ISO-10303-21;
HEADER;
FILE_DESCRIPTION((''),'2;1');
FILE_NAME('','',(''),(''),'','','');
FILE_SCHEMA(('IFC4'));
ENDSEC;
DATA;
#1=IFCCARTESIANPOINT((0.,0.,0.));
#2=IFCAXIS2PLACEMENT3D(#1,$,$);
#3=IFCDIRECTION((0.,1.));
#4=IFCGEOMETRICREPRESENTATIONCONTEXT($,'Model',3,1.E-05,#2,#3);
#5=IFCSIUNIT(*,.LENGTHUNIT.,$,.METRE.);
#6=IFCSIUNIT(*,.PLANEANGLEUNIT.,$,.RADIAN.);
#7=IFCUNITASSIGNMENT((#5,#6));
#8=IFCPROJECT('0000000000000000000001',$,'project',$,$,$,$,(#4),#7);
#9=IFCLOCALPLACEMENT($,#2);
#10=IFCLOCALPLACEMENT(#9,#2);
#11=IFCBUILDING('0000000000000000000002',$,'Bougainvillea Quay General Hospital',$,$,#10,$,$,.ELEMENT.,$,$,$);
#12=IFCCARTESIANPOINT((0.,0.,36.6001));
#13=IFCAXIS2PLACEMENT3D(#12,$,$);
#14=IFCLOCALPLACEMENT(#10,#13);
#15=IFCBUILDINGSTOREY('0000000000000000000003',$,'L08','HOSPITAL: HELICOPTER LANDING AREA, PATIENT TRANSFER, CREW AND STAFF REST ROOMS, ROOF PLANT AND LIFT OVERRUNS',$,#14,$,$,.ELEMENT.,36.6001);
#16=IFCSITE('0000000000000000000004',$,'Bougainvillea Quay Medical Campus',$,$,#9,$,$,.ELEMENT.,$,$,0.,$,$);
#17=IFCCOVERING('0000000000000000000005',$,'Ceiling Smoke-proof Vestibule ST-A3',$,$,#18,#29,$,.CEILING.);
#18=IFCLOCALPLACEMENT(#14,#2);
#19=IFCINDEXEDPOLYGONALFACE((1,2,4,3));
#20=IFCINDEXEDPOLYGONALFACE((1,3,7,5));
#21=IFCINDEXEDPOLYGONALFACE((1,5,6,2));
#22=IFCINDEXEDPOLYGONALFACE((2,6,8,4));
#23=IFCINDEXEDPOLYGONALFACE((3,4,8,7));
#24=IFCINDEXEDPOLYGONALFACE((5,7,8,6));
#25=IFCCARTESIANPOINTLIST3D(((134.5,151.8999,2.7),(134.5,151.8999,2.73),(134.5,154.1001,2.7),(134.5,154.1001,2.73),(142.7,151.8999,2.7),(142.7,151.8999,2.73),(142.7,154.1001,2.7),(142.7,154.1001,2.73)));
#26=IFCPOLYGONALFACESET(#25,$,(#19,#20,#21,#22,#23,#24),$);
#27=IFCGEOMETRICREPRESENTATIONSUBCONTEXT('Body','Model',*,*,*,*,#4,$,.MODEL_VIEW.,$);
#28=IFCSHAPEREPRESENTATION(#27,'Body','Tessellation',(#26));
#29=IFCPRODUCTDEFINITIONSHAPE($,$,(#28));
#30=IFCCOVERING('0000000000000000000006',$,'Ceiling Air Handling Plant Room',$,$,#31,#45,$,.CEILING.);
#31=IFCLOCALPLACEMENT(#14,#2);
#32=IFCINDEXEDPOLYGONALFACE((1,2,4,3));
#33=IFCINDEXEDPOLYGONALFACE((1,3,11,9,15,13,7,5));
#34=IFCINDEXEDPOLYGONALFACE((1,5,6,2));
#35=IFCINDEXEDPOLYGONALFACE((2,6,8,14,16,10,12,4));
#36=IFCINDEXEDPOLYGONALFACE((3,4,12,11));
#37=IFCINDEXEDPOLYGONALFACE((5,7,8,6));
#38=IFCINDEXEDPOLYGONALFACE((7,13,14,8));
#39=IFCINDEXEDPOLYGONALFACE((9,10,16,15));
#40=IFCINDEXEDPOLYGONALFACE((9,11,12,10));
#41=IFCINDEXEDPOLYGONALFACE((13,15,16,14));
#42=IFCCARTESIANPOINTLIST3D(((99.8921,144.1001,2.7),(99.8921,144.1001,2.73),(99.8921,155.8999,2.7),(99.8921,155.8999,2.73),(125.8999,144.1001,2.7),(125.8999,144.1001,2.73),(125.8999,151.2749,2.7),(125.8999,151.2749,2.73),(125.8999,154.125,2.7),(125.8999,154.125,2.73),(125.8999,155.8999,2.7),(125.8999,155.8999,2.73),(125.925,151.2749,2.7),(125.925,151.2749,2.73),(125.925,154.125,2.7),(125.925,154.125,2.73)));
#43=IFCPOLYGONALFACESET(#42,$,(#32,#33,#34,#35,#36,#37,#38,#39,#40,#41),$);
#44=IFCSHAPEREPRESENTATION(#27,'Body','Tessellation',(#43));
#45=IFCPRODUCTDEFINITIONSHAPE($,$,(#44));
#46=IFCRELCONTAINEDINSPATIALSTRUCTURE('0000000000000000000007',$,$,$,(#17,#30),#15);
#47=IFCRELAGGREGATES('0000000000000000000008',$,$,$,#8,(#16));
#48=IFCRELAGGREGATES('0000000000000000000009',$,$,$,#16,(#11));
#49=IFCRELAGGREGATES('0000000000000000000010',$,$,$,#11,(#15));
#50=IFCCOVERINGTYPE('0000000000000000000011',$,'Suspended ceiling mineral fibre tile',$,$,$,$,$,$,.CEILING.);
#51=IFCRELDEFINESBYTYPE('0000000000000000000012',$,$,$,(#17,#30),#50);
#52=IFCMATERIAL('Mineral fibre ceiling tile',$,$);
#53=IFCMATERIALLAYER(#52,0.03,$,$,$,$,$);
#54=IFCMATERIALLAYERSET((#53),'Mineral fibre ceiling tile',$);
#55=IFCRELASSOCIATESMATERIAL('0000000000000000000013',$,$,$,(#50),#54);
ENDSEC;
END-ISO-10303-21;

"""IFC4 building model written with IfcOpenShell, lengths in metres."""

from ifc_helpers import new_model, si_unit, direction, frame, origin, place, context, subcontext, project, spatial, polyline, outline, extrude, material, layer, layer_set, type_object, element, save


model = new_model("IFC4")

# Units and contexts
model_context = context("Model", 3, precision=1e-05, world=origin(), true_north=direction((0.0, 1.0)))
body_context = subcontext(model_context, "Body", "Model", "MODEL_VIEW")
ifc_project = project(units=[si_unit("LENGTHUNIT", "METRE"), si_unit("PLANEANGLEUNIT", "RADIAN")], contexts=[model_context])

# Site, building, storey
site_placement = place(None, origin())
site = spatial("IfcSite", under=ifc_project, at=site_placement, Name="Bougainvillea Quay Medical Campus", CompositionType="ELEMENT", RefElevation=0.0)
building_placement = place(site_placement, origin())
building = spatial("IfcBuilding", under=site, at=building_placement, Name="Bougainvillea Quay General Hospital", CompositionType="ELEMENT")
storey_placement = place(building_placement, frame((0.0, 0.0, 36.6001)))
storey = spatial("IfcBuildingStorey", under=building, at=storey_placement, Name="L08", Description="HOSPITAL: HELICOPTER LANDING AREA, PATIENT TRANSFER, CREW AND STAFF REST ROOMS, ROOF PLANT AND LIFT OVERRUNS", CompositionType="ELEMENT", Elevation=36.6001)

# Coverings
ifc_material_1 = material(Name="Mineral fibre ceiling tile")
ifc_layer_1 = layer(ifc_material_1, 0.03)
ifc_layer_set_1 = layer_set([ifc_layer_1], Name="Mineral fibre ceiling tile")
covering_type_1 = type_object("IfcCoveringType", Name="Suspended ceiling mineral fibre tile", PredefinedType="CEILING", material=ifc_layer_set_1)
covering_1_placement = place(storey_placement, frame((0.0, 0.0, 2.7)))
element("IfcCovering", 1, at=covering_1_placement, inside=storey, type_object=covering_type_1, Name="Ceiling Smoke-proof Vestibule ST-A3", PredefinedType="CEILING", context=body_context, shape_type="SweptSolid", body=[
    extrude(outline(polyline([(142.7, 154.1001), (134.5, 154.1001), (134.5, 151.8999), (142.7, 151.8999), (142.7, 154.1001)])), origin(), (0.0, 0.0, 1.0), 0.03),
])
covering_2_placement = place(storey_placement, frame((0.0, 0.0, 2.7)))
element("IfcCovering", 2, at=covering_2_placement, inside=storey, type_object=covering_type_1, Name="Ceiling Air Handling Plant Room", PredefinedType="CEILING", context=body_context, shape_type="SweptSolid", body=[
    extrude(outline(polyline([(125.8999, 144.1001), (125.8999, 151.2749), (125.925, 151.2749), (125.925, 154.125), (125.8999, 154.125), (125.8999, 155.8999), (99.8921, 155.8999), (99.8921, 144.1001), (125.8999, 144.1001)])), origin(), (0.0, 0.0, 1.0), 0.03),
])

save(model, "model.ifc")
